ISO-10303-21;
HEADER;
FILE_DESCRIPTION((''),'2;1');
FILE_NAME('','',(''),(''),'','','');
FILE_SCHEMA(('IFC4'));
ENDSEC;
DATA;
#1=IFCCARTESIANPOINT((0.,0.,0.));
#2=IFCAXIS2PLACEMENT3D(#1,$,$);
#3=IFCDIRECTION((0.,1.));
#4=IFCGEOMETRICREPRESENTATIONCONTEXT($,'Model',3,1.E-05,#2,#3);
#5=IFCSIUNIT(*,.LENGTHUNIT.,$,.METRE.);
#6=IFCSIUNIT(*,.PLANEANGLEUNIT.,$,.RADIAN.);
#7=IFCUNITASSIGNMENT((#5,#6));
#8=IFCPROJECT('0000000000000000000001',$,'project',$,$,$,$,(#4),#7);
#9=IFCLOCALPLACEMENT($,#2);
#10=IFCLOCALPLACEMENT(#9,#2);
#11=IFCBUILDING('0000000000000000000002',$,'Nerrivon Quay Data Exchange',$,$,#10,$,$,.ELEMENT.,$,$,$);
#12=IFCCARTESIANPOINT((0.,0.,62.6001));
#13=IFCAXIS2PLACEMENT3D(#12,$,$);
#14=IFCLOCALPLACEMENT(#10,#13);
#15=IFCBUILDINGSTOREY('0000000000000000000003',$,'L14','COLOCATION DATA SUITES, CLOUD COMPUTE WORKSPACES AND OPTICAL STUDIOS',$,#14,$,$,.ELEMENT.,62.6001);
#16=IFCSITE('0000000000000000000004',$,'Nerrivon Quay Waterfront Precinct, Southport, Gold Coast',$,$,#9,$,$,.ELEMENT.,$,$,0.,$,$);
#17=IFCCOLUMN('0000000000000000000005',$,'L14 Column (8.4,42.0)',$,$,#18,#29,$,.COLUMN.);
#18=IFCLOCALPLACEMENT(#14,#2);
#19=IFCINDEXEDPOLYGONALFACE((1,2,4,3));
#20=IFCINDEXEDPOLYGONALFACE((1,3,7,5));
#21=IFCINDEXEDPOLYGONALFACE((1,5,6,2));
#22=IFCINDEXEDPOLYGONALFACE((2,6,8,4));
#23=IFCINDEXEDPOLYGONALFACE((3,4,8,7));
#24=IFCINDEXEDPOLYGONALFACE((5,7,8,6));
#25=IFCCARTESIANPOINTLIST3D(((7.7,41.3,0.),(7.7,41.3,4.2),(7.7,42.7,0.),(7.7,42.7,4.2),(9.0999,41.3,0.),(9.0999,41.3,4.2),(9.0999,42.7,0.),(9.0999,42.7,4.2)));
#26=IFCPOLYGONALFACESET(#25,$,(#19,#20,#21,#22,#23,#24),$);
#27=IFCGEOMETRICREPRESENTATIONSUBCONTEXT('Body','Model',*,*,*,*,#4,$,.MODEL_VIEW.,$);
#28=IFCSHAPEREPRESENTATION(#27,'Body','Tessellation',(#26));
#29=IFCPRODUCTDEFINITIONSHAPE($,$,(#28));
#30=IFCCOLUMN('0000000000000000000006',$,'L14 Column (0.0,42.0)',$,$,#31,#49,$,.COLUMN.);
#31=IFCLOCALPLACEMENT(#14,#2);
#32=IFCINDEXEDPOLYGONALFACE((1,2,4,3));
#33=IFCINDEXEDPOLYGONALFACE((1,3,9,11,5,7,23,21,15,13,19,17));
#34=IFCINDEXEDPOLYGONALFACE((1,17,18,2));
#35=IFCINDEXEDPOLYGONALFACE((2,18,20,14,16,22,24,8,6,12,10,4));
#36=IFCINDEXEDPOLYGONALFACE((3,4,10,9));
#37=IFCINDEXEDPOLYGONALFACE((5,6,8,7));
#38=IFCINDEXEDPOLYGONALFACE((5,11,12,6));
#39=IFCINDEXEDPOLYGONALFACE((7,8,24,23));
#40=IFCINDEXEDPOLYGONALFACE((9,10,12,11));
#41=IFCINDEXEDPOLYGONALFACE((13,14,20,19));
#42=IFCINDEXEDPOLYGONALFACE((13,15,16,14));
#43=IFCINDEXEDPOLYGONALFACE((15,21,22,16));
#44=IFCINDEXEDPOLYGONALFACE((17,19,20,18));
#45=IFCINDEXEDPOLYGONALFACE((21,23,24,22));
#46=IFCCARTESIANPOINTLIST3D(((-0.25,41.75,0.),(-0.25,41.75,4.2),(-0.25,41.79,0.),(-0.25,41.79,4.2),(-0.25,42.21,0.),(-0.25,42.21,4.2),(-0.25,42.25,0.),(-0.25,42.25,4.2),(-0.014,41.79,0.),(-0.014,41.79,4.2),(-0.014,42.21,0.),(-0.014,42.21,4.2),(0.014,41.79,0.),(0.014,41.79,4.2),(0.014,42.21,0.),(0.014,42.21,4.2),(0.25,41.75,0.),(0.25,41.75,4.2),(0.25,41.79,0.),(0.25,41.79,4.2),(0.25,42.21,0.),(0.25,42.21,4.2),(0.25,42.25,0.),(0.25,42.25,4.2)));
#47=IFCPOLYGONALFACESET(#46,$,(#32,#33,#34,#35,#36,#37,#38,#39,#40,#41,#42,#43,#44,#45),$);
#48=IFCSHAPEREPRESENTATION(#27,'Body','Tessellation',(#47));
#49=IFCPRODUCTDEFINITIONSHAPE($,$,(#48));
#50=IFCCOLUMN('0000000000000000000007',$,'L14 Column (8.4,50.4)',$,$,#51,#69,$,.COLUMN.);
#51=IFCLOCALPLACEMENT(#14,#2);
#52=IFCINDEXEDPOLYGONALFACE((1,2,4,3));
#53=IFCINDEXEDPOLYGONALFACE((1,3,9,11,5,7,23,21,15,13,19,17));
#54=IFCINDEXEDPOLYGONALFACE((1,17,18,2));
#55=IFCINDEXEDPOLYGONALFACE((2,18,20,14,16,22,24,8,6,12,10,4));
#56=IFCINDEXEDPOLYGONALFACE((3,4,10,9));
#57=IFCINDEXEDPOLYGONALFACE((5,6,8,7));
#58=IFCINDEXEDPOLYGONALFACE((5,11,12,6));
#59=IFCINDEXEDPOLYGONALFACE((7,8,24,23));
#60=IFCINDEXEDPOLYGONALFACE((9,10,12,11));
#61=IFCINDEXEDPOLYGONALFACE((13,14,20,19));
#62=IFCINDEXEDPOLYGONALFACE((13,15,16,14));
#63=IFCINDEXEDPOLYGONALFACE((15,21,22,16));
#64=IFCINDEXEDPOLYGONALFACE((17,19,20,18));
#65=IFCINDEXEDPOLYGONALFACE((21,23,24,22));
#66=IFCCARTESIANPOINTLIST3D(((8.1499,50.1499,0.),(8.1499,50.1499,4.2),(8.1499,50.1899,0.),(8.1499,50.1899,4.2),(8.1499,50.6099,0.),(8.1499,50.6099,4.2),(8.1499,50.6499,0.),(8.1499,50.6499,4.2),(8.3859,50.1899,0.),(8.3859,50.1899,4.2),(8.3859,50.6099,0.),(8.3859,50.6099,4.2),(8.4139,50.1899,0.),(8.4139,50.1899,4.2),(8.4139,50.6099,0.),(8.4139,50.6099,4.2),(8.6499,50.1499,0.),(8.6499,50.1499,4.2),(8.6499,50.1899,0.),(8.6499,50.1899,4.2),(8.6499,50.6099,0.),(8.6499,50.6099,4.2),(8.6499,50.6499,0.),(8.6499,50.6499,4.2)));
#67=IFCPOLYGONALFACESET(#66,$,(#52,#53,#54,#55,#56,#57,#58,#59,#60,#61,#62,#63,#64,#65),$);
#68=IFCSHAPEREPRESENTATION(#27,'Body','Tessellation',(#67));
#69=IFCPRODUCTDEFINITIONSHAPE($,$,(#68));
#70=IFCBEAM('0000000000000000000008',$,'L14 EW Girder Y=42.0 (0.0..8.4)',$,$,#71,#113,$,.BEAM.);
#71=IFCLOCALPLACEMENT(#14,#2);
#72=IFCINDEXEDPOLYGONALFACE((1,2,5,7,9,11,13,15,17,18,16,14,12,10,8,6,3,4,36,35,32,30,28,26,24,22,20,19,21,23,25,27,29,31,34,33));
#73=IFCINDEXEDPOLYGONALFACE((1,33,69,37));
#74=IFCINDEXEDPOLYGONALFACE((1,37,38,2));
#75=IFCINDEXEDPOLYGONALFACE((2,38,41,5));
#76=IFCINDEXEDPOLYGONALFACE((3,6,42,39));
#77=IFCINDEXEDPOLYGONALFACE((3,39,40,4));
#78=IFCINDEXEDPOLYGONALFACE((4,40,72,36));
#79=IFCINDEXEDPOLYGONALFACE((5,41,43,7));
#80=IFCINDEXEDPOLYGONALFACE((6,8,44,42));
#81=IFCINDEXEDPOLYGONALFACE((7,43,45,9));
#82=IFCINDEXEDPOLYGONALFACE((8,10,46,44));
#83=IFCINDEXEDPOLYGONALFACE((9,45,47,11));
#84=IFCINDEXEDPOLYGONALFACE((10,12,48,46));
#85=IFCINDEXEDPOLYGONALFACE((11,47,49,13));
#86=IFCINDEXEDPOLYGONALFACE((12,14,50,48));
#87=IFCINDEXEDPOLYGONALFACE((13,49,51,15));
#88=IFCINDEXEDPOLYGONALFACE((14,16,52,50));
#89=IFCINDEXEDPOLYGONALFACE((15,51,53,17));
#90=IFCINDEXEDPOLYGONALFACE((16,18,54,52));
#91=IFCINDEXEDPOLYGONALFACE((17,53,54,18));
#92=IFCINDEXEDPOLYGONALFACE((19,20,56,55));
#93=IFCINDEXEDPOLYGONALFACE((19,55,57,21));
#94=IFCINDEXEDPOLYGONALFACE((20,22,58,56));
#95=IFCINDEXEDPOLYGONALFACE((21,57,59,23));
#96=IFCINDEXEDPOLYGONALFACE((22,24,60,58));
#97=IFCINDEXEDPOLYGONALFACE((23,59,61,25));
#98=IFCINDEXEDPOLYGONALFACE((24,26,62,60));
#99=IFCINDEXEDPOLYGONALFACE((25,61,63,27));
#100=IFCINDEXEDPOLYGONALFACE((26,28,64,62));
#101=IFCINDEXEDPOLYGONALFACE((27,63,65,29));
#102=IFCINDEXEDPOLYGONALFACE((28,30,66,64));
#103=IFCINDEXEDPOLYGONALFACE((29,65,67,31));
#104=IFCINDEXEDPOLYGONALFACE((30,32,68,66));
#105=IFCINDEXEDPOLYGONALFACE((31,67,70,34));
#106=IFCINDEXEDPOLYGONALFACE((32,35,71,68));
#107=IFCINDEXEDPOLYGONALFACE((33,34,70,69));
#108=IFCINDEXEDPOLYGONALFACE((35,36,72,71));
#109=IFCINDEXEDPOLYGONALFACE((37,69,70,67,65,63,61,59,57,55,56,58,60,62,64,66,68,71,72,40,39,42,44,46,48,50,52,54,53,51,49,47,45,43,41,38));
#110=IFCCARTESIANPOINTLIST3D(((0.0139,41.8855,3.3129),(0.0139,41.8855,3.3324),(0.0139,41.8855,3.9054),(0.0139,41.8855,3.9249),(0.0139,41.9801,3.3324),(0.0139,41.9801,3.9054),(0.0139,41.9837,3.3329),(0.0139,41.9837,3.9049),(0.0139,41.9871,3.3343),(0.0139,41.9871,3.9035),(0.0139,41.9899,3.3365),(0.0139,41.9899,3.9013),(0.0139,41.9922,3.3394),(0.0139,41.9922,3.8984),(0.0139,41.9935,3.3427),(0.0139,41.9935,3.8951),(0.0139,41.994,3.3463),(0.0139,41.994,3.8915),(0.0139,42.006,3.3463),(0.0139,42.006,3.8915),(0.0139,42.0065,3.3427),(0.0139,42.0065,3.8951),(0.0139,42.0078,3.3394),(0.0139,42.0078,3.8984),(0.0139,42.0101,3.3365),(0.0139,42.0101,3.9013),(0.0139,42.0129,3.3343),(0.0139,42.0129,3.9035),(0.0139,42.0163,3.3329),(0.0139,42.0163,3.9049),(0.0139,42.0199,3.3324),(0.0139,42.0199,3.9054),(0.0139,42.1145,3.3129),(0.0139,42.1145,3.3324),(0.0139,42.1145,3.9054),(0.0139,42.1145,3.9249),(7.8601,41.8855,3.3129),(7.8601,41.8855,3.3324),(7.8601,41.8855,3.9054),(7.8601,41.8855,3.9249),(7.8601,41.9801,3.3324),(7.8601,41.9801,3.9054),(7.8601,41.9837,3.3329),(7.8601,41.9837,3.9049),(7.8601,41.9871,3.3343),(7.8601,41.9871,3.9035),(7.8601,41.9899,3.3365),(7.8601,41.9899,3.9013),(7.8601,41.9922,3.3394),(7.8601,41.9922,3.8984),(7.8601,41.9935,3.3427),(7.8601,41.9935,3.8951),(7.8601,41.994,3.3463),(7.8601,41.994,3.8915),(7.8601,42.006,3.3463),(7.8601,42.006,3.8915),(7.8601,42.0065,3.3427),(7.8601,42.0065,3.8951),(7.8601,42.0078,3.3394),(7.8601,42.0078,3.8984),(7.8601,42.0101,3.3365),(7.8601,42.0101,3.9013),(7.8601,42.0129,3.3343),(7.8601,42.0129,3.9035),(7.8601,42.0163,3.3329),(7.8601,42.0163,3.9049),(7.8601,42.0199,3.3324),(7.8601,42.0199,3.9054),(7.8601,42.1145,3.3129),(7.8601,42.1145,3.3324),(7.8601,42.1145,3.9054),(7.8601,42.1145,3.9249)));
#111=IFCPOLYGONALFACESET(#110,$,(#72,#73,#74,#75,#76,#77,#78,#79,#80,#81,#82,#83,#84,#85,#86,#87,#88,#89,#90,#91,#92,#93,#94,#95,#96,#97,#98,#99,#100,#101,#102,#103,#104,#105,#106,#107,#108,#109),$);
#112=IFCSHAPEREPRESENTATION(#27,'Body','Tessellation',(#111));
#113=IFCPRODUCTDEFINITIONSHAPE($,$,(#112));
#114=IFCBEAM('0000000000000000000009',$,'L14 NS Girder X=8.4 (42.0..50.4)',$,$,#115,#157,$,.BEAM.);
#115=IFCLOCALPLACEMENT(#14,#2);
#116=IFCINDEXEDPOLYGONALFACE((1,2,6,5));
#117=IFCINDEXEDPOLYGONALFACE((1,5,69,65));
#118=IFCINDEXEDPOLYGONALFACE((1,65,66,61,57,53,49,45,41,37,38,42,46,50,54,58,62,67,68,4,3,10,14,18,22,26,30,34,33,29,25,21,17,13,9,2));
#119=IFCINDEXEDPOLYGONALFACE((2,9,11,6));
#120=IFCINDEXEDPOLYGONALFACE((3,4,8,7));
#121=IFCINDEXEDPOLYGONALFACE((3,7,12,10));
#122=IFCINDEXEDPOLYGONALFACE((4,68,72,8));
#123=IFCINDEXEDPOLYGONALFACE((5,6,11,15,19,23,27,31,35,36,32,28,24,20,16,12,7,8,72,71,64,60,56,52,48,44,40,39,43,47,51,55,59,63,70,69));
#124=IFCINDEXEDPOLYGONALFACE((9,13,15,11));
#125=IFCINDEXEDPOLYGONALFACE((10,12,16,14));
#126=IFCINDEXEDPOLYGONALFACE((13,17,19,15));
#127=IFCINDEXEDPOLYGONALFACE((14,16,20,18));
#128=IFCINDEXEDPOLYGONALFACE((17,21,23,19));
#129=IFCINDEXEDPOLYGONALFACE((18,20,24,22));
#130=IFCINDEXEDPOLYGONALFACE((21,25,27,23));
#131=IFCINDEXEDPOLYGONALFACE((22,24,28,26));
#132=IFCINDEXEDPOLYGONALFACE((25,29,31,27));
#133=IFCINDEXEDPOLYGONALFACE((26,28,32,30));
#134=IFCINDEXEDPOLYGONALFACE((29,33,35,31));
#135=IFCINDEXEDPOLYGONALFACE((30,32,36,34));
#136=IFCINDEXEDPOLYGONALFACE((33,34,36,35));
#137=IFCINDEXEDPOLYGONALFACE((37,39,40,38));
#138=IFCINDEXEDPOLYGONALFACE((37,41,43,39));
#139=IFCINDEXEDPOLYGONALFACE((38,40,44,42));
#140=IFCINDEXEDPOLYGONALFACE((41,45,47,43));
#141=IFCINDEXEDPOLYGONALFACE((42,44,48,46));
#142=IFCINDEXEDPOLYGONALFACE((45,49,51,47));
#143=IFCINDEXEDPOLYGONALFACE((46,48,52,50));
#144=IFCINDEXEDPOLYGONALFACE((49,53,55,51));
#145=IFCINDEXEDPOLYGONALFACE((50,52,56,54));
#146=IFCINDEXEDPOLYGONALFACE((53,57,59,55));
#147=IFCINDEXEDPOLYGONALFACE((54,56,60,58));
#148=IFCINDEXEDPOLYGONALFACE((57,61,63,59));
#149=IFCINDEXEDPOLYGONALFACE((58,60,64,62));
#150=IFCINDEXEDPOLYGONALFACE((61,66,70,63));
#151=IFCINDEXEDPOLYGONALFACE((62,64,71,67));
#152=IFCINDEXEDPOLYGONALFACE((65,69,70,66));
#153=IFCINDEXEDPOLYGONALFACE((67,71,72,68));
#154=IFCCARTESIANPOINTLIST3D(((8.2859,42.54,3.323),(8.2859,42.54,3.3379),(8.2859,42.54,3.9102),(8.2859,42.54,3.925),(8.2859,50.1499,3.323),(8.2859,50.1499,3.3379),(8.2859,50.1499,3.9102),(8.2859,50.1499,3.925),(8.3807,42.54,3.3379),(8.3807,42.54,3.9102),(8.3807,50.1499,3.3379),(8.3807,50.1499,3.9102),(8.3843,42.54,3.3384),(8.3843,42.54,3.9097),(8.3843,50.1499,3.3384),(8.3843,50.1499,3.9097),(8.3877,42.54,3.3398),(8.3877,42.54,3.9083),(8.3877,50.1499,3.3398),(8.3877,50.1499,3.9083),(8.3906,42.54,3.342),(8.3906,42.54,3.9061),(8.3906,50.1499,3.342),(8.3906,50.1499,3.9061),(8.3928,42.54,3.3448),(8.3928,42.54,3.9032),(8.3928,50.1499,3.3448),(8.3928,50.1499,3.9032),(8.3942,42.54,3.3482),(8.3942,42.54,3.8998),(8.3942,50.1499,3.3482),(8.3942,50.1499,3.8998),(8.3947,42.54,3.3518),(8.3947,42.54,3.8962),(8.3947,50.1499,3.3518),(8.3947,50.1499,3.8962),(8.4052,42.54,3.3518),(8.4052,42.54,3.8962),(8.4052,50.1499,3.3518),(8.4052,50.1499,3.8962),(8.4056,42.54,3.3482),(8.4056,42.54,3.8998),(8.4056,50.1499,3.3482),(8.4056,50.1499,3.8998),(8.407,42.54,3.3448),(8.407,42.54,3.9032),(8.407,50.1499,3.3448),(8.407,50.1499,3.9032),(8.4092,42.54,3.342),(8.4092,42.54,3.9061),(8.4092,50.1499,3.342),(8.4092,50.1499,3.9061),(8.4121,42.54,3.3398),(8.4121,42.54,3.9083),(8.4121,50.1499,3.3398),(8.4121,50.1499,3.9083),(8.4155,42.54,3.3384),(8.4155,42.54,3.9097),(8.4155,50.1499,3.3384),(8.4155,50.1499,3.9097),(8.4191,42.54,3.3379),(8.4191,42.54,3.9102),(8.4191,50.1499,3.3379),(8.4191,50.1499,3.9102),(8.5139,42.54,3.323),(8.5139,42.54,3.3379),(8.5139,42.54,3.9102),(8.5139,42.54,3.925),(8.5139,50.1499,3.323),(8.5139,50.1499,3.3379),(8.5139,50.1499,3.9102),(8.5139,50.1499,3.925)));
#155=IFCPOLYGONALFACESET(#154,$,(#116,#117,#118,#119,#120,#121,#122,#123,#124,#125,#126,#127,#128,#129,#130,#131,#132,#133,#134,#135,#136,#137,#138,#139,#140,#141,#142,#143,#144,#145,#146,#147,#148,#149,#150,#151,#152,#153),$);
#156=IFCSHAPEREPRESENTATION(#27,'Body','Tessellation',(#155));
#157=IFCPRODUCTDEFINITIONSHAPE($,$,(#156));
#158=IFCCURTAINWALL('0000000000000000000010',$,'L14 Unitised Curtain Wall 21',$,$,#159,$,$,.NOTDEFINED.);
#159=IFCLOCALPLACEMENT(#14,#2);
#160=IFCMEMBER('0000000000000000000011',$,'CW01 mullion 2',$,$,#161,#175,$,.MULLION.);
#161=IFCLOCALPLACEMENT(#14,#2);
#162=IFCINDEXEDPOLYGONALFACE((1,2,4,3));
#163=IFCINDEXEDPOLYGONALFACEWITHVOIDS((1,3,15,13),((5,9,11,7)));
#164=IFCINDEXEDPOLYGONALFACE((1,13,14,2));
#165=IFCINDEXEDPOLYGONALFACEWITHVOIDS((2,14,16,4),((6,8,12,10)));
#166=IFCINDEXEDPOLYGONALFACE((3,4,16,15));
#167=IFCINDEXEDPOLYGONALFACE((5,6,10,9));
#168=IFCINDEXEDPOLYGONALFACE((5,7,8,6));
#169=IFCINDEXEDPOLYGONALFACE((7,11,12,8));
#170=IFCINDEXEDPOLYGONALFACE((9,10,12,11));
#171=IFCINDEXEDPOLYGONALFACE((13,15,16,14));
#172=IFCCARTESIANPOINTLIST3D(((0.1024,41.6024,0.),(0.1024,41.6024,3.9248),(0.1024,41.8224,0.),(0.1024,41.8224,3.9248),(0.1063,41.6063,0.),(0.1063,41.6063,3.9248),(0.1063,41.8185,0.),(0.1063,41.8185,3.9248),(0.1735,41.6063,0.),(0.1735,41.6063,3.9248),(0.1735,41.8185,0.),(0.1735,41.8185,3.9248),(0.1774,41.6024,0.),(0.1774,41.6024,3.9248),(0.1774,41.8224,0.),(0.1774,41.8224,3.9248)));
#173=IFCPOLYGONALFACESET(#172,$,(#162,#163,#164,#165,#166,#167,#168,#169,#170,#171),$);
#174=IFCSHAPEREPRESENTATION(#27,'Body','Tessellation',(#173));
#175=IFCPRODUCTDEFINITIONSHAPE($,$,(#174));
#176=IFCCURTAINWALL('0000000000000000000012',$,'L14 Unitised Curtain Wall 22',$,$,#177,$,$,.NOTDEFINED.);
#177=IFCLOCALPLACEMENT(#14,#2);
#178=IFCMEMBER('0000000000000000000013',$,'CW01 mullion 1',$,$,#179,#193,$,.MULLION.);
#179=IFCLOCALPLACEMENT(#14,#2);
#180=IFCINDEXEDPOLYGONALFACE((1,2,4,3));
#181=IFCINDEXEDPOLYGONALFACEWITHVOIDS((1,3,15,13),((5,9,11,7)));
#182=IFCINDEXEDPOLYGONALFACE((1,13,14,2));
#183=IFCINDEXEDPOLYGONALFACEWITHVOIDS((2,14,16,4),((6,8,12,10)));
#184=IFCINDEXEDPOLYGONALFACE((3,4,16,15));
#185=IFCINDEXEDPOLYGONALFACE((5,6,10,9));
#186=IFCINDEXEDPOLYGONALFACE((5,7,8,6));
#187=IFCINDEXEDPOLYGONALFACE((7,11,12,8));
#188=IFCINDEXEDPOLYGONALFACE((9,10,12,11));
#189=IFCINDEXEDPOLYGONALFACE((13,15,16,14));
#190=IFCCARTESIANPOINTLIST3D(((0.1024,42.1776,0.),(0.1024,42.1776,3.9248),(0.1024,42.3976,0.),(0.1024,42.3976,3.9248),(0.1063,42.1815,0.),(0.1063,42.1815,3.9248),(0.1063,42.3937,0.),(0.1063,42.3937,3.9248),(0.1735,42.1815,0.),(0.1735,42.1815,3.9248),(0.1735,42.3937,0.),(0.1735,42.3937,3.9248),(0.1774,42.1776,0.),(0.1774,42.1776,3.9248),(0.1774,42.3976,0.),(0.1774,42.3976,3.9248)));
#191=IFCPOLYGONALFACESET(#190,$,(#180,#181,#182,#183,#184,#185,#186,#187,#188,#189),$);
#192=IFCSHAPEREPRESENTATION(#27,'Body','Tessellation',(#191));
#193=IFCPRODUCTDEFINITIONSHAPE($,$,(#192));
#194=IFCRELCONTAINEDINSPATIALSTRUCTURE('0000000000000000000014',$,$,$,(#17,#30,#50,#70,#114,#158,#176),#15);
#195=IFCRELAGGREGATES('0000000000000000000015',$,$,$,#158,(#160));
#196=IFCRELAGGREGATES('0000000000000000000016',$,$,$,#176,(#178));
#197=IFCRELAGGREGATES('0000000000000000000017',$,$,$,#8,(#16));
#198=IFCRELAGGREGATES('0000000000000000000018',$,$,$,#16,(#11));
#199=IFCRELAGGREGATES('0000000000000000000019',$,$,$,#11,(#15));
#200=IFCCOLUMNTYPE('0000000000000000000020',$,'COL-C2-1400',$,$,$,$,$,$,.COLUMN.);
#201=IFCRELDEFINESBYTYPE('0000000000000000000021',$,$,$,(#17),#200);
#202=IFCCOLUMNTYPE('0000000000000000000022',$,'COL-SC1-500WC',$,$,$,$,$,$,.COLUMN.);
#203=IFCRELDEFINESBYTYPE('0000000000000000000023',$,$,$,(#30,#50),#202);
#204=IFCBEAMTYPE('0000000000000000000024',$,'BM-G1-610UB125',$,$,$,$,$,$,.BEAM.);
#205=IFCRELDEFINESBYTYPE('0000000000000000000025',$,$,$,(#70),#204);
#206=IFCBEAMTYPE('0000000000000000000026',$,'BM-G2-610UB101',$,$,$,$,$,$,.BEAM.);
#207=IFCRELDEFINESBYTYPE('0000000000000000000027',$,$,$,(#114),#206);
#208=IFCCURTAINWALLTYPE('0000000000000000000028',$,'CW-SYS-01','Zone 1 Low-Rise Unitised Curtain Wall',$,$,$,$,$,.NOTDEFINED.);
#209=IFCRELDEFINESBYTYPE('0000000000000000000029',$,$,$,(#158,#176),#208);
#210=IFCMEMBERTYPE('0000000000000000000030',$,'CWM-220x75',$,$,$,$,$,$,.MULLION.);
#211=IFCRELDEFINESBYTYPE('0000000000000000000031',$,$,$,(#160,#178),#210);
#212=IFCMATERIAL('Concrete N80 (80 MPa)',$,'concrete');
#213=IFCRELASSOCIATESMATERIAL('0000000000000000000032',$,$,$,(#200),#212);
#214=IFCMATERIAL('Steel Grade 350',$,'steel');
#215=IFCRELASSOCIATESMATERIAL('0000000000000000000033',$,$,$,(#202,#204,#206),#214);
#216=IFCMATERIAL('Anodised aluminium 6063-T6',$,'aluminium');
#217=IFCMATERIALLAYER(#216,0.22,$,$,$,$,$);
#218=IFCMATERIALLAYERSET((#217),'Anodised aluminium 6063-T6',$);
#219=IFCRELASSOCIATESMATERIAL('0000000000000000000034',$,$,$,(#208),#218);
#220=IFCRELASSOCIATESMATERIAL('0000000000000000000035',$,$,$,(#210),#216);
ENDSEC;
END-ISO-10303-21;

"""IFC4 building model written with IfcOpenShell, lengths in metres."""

from ifc_helpers import new_model, si_unit, direction, frame, origin, origin_2d, place, context, subcontext, project, spatial, rectangle, hollow_rectangle, i_section, extrude, material, layer, layer_set, material_profile, profile_set, type_object, element, aggregate, save


model = new_model("IFC4")

# Units and contexts
model_context = context("Model", 3, precision=1e-05, world=origin(), true_north=direction((0.0, 1.0)))
body_context = subcontext(model_context, "Body", "Model", "MODEL_VIEW")
ifc_project = project(units=[si_unit("LENGTHUNIT", "METRE"), si_unit("PLANEANGLEUNIT", "RADIAN")], contexts=[model_context])

# Site, building, storey
site_placement = place(None, origin())
site = spatial("IfcSite", under=ifc_project, at=site_placement, Name="Nerrivon Quay Waterfront Precinct, Southport, Gold Coast", CompositionType="ELEMENT", RefElevation=0.0)
building_placement = place(site_placement, origin())
building = spatial("IfcBuilding", under=site, at=building_placement, Name="Nerrivon Quay Data Exchange", CompositionType="ELEMENT")
storey_placement = place(building_placement, frame((0.0, 0.0, 62.6001)))
storey = spatial("IfcBuildingStorey", under=building, at=storey_placement, Name="L14", Description="COLOCATION DATA SUITES, CLOUD COMPUTE WORKSPACES AND OPTICAL STUDIOS", CompositionType="ELEMENT", Elevation=62.6001)

# Columns
ifc_material_1 = material(Name="Concrete N80 (80 MPa)", Category="concrete")
ifc_material_profile_1 = material_profile(ifc_material_1, rectangle(XDim=1.3999, YDim=1.3999, at=origin_2d()), Name="RC-COL-1400x1400")
ifc_profile_set_1 = profile_set([ifc_material_profile_1], Name="Concrete N80 (80 MPa)")
column_type_1 = type_object("IfcColumnType", Name="COL-C2-1400", PredefinedType="COLUMN", material=ifc_profile_set_1)
column_placement = place(storey_placement, frame((8.3999, 42.0, 0.0), z_axis=(0.0, 0.0, 1.0), x_axis=(1.0, 0.0, 0.0)))
element("IfcColumn", 1, at=column_placement, inside=storey, type_object=column_type_1, Name="L14 Column (8.4,42.0)", PredefinedType="COLUMN", context=body_context, shape_type="SweptSolid", body=[
    extrude(rectangle(XDim=1.3999, YDim=1.3999, at=origin_2d()), origin(), (0.0, 0.0, 1.0), 4.2),
])
ifc_material_2 = material(Name="Steel Grade 350", Category="steel")
ifc_material_profile_2 = material_profile(ifc_material_2, i_section(OverallWidth=0.5, OverallDepth=0.5, WebThickness=0.0281, FlangeThickness=0.04, at=origin_2d()), Name="500WC440")
ifc_profile_set_2 = profile_set([ifc_material_profile_2], Name="Steel Grade 350")
column_type_2 = type_object("IfcColumnType", Name="COL-SC1-500WC", PredefinedType="COLUMN", material=ifc_profile_set_2)
for number, where, z_axis, x_axis, name in (
    (2, (0.0, 42.0, 0.0), (0.0, 0.0, 1.0), (1.0, 0.0, 0.0), "L14 Column (0.0,42.0)"),
    (3, (8.3999, 50.3999, 0.0), (0.0, 0.0, 1.0), (1.0, 0.0, 0.0), "L14 Column (8.4,50.4)"),
):
    element("IfcColumn", number, at=place(storey_placement, frame(where, z_axis=z_axis, x_axis=x_axis)), inside=storey, type_object=column_type_2, Name=name, PredefinedType="COLUMN", context=body_context, shape_type="SweptSolid", body=[
        extrude(i_section(OverallWidth=0.5, OverallDepth=0.5, WebThickness=0.0281, FlangeThickness=0.04, at=origin_2d()), origin(), (0.0, 0.0, 1.0), 4.2),
    ])

# Beams
ifc_material_profile_3 = material_profile(ifc_material_2, i_section(OverallWidth=0.229, OverallDepth=0.6121, WebThickness=0.012, FlangeThickness=0.0195, FilletRadius=0.0139, at=origin_2d()), Name="610UB125")
ifc_profile_set_3 = profile_set([ifc_material_profile_3], Name="Steel Grade 350")
beam_type_1 = type_object("IfcBeamType", Name="BM-G1-610UB125", PredefinedType="BEAM", material=ifc_profile_set_3)
beam_1_placement = place(storey_placement, frame((0.0139, 42.0, 3.6189), z_axis=(1.0, 0.0, 0.0), x_axis=(0.0, 1.0, 0.0)))
element("IfcBeam", 4, at=beam_1_placement, inside=storey, type_object=beam_type_1, Name="L14 EW Girder Y=42.0 (0.0..8.4)", PredefinedType="BEAM", context=body_context, shape_type="SweptSolid", body=[
    extrude(i_section(OverallWidth=0.229, OverallDepth=0.6121, WebThickness=0.012, FlangeThickness=0.0195, FilletRadius=0.0139, at=origin_2d()), origin(), (0.0, 0.0, 1.0), 7.8462),
])
ifc_material_profile_4 = material_profile(ifc_material_2, i_section(OverallWidth=0.228, OverallDepth=0.6021, WebThickness=0.0105, FlangeThickness=0.0149, FilletRadius=0.0139, at=origin_2d()), Name="610UB101")
ifc_profile_set_4 = profile_set([ifc_material_profile_4], Name="Steel Grade 350")
beam_type_2 = type_object("IfcBeamType", Name="BM-G2-610UB101", PredefinedType="BEAM", material=ifc_profile_set_4)
beam_2_placement = place(storey_placement, frame((8.3999, 42.54, 3.624), z_axis=(0.0, 1.0, 0.0), x_axis=(-1.0, 0.0, 0.0)))
element("IfcBeam", 5, at=beam_2_placement, inside=storey, type_object=beam_type_2, Name="L14 NS Girder X=8.4 (42.0..50.4)", PredefinedType="BEAM", context=body_context, shape_type="SweptSolid", body=[
    extrude(i_section(OverallWidth=0.228, OverallDepth=0.6021, WebThickness=0.0105, FlangeThickness=0.0149, FilletRadius=0.0139, at=origin_2d()), origin(), (0.0, 0.0, 1.0), 7.6099),
])

# Curtain wall, member
ifc_material_3 = material(Name="Anodised aluminium 6063-T6", Category="aluminium")
ifc_layer_1 = layer(ifc_material_3, 0.22)
ifc_layer_set_1 = layer_set([ifc_layer_1], Name="Anodised aluminium 6063-T6")
curtain_wall_type = type_object("IfcCurtainWallType", Name="CW-SYS-01", Description="Zone 1 Low-Rise Unitised Curtain Wall", PredefinedType="NOTDEFINED", material=ifc_layer_set_1)
curtain_wall_1_placement = place(storey_placement, origin())
curtain_wall_1 = element("IfcCurtainWall", 6, at=curtain_wall_1_placement, inside=storey, type_object=curtain_wall_type, Name="L14 Unitised Curtain Wall 21", PredefinedType="NOTDEFINED")
ifc_material_profile_5 = material_profile(ifc_material_3, hollow_rectangle(XDim=0.075, YDim=0.22, WallThickness=0.0039, at=origin_2d()), Name="ALU-MULL-220x75")
ifc_profile_set_5 = profile_set([ifc_material_profile_5], Name="Anodised aluminium 6063-T6")
member_type_1 = type_object("IfcMemberType", Name="CWM-220x75", PredefinedType="MULLION", material=ifc_profile_set_5)
member_1_placement = place(storey_placement, frame((0.1399, 41.7124, 0.0), z_axis=(0.0, 0.0, 1.0), x_axis=(-1.0, 0.0, 0.0)))
member_1 = element("IfcMember", 7, at=member_1_placement, type_object=member_type_1, Name="CW01 mullion 2", PredefinedType="MULLION", context=body_context, shape_type="SweptSolid", body=[
    extrude(hollow_rectangle(XDim=0.075, YDim=0.22, WallThickness=0.0039, at=origin_2d()), origin(), (0.0, 0.0, 1.0), 3.9248),
])

# Curtain wall, member
curtain_wall_2_placement = place(storey_placement, origin())
curtain_wall_2 = element("IfcCurtainWall", 8, at=curtain_wall_2_placement, inside=storey, type_object=curtain_wall_type, Name="L14 Unitised Curtain Wall 22", PredefinedType="NOTDEFINED")
member_2_placement = place(storey_placement, frame((0.1399, 42.2876, 0.0), z_axis=(0.0, 0.0, 1.0), x_axis=(-1.0, 0.0, 0.0)))
member_2 = element("IfcMember", 9, at=member_2_placement, type_object=member_type_1, Name="CW01 mullion 1", PredefinedType="MULLION", context=body_context, shape_type="SweptSolid", body=[
    extrude(hollow_rectangle(XDim=0.075, YDim=0.22, WallThickness=0.0039, at=origin_2d()), origin(), (0.0, 0.0, 1.0), 3.9248),
])

aggregate(curtain_wall_1, [member_1])
aggregate(curtain_wall_2, [member_2])

save(model, "model.ifc")
